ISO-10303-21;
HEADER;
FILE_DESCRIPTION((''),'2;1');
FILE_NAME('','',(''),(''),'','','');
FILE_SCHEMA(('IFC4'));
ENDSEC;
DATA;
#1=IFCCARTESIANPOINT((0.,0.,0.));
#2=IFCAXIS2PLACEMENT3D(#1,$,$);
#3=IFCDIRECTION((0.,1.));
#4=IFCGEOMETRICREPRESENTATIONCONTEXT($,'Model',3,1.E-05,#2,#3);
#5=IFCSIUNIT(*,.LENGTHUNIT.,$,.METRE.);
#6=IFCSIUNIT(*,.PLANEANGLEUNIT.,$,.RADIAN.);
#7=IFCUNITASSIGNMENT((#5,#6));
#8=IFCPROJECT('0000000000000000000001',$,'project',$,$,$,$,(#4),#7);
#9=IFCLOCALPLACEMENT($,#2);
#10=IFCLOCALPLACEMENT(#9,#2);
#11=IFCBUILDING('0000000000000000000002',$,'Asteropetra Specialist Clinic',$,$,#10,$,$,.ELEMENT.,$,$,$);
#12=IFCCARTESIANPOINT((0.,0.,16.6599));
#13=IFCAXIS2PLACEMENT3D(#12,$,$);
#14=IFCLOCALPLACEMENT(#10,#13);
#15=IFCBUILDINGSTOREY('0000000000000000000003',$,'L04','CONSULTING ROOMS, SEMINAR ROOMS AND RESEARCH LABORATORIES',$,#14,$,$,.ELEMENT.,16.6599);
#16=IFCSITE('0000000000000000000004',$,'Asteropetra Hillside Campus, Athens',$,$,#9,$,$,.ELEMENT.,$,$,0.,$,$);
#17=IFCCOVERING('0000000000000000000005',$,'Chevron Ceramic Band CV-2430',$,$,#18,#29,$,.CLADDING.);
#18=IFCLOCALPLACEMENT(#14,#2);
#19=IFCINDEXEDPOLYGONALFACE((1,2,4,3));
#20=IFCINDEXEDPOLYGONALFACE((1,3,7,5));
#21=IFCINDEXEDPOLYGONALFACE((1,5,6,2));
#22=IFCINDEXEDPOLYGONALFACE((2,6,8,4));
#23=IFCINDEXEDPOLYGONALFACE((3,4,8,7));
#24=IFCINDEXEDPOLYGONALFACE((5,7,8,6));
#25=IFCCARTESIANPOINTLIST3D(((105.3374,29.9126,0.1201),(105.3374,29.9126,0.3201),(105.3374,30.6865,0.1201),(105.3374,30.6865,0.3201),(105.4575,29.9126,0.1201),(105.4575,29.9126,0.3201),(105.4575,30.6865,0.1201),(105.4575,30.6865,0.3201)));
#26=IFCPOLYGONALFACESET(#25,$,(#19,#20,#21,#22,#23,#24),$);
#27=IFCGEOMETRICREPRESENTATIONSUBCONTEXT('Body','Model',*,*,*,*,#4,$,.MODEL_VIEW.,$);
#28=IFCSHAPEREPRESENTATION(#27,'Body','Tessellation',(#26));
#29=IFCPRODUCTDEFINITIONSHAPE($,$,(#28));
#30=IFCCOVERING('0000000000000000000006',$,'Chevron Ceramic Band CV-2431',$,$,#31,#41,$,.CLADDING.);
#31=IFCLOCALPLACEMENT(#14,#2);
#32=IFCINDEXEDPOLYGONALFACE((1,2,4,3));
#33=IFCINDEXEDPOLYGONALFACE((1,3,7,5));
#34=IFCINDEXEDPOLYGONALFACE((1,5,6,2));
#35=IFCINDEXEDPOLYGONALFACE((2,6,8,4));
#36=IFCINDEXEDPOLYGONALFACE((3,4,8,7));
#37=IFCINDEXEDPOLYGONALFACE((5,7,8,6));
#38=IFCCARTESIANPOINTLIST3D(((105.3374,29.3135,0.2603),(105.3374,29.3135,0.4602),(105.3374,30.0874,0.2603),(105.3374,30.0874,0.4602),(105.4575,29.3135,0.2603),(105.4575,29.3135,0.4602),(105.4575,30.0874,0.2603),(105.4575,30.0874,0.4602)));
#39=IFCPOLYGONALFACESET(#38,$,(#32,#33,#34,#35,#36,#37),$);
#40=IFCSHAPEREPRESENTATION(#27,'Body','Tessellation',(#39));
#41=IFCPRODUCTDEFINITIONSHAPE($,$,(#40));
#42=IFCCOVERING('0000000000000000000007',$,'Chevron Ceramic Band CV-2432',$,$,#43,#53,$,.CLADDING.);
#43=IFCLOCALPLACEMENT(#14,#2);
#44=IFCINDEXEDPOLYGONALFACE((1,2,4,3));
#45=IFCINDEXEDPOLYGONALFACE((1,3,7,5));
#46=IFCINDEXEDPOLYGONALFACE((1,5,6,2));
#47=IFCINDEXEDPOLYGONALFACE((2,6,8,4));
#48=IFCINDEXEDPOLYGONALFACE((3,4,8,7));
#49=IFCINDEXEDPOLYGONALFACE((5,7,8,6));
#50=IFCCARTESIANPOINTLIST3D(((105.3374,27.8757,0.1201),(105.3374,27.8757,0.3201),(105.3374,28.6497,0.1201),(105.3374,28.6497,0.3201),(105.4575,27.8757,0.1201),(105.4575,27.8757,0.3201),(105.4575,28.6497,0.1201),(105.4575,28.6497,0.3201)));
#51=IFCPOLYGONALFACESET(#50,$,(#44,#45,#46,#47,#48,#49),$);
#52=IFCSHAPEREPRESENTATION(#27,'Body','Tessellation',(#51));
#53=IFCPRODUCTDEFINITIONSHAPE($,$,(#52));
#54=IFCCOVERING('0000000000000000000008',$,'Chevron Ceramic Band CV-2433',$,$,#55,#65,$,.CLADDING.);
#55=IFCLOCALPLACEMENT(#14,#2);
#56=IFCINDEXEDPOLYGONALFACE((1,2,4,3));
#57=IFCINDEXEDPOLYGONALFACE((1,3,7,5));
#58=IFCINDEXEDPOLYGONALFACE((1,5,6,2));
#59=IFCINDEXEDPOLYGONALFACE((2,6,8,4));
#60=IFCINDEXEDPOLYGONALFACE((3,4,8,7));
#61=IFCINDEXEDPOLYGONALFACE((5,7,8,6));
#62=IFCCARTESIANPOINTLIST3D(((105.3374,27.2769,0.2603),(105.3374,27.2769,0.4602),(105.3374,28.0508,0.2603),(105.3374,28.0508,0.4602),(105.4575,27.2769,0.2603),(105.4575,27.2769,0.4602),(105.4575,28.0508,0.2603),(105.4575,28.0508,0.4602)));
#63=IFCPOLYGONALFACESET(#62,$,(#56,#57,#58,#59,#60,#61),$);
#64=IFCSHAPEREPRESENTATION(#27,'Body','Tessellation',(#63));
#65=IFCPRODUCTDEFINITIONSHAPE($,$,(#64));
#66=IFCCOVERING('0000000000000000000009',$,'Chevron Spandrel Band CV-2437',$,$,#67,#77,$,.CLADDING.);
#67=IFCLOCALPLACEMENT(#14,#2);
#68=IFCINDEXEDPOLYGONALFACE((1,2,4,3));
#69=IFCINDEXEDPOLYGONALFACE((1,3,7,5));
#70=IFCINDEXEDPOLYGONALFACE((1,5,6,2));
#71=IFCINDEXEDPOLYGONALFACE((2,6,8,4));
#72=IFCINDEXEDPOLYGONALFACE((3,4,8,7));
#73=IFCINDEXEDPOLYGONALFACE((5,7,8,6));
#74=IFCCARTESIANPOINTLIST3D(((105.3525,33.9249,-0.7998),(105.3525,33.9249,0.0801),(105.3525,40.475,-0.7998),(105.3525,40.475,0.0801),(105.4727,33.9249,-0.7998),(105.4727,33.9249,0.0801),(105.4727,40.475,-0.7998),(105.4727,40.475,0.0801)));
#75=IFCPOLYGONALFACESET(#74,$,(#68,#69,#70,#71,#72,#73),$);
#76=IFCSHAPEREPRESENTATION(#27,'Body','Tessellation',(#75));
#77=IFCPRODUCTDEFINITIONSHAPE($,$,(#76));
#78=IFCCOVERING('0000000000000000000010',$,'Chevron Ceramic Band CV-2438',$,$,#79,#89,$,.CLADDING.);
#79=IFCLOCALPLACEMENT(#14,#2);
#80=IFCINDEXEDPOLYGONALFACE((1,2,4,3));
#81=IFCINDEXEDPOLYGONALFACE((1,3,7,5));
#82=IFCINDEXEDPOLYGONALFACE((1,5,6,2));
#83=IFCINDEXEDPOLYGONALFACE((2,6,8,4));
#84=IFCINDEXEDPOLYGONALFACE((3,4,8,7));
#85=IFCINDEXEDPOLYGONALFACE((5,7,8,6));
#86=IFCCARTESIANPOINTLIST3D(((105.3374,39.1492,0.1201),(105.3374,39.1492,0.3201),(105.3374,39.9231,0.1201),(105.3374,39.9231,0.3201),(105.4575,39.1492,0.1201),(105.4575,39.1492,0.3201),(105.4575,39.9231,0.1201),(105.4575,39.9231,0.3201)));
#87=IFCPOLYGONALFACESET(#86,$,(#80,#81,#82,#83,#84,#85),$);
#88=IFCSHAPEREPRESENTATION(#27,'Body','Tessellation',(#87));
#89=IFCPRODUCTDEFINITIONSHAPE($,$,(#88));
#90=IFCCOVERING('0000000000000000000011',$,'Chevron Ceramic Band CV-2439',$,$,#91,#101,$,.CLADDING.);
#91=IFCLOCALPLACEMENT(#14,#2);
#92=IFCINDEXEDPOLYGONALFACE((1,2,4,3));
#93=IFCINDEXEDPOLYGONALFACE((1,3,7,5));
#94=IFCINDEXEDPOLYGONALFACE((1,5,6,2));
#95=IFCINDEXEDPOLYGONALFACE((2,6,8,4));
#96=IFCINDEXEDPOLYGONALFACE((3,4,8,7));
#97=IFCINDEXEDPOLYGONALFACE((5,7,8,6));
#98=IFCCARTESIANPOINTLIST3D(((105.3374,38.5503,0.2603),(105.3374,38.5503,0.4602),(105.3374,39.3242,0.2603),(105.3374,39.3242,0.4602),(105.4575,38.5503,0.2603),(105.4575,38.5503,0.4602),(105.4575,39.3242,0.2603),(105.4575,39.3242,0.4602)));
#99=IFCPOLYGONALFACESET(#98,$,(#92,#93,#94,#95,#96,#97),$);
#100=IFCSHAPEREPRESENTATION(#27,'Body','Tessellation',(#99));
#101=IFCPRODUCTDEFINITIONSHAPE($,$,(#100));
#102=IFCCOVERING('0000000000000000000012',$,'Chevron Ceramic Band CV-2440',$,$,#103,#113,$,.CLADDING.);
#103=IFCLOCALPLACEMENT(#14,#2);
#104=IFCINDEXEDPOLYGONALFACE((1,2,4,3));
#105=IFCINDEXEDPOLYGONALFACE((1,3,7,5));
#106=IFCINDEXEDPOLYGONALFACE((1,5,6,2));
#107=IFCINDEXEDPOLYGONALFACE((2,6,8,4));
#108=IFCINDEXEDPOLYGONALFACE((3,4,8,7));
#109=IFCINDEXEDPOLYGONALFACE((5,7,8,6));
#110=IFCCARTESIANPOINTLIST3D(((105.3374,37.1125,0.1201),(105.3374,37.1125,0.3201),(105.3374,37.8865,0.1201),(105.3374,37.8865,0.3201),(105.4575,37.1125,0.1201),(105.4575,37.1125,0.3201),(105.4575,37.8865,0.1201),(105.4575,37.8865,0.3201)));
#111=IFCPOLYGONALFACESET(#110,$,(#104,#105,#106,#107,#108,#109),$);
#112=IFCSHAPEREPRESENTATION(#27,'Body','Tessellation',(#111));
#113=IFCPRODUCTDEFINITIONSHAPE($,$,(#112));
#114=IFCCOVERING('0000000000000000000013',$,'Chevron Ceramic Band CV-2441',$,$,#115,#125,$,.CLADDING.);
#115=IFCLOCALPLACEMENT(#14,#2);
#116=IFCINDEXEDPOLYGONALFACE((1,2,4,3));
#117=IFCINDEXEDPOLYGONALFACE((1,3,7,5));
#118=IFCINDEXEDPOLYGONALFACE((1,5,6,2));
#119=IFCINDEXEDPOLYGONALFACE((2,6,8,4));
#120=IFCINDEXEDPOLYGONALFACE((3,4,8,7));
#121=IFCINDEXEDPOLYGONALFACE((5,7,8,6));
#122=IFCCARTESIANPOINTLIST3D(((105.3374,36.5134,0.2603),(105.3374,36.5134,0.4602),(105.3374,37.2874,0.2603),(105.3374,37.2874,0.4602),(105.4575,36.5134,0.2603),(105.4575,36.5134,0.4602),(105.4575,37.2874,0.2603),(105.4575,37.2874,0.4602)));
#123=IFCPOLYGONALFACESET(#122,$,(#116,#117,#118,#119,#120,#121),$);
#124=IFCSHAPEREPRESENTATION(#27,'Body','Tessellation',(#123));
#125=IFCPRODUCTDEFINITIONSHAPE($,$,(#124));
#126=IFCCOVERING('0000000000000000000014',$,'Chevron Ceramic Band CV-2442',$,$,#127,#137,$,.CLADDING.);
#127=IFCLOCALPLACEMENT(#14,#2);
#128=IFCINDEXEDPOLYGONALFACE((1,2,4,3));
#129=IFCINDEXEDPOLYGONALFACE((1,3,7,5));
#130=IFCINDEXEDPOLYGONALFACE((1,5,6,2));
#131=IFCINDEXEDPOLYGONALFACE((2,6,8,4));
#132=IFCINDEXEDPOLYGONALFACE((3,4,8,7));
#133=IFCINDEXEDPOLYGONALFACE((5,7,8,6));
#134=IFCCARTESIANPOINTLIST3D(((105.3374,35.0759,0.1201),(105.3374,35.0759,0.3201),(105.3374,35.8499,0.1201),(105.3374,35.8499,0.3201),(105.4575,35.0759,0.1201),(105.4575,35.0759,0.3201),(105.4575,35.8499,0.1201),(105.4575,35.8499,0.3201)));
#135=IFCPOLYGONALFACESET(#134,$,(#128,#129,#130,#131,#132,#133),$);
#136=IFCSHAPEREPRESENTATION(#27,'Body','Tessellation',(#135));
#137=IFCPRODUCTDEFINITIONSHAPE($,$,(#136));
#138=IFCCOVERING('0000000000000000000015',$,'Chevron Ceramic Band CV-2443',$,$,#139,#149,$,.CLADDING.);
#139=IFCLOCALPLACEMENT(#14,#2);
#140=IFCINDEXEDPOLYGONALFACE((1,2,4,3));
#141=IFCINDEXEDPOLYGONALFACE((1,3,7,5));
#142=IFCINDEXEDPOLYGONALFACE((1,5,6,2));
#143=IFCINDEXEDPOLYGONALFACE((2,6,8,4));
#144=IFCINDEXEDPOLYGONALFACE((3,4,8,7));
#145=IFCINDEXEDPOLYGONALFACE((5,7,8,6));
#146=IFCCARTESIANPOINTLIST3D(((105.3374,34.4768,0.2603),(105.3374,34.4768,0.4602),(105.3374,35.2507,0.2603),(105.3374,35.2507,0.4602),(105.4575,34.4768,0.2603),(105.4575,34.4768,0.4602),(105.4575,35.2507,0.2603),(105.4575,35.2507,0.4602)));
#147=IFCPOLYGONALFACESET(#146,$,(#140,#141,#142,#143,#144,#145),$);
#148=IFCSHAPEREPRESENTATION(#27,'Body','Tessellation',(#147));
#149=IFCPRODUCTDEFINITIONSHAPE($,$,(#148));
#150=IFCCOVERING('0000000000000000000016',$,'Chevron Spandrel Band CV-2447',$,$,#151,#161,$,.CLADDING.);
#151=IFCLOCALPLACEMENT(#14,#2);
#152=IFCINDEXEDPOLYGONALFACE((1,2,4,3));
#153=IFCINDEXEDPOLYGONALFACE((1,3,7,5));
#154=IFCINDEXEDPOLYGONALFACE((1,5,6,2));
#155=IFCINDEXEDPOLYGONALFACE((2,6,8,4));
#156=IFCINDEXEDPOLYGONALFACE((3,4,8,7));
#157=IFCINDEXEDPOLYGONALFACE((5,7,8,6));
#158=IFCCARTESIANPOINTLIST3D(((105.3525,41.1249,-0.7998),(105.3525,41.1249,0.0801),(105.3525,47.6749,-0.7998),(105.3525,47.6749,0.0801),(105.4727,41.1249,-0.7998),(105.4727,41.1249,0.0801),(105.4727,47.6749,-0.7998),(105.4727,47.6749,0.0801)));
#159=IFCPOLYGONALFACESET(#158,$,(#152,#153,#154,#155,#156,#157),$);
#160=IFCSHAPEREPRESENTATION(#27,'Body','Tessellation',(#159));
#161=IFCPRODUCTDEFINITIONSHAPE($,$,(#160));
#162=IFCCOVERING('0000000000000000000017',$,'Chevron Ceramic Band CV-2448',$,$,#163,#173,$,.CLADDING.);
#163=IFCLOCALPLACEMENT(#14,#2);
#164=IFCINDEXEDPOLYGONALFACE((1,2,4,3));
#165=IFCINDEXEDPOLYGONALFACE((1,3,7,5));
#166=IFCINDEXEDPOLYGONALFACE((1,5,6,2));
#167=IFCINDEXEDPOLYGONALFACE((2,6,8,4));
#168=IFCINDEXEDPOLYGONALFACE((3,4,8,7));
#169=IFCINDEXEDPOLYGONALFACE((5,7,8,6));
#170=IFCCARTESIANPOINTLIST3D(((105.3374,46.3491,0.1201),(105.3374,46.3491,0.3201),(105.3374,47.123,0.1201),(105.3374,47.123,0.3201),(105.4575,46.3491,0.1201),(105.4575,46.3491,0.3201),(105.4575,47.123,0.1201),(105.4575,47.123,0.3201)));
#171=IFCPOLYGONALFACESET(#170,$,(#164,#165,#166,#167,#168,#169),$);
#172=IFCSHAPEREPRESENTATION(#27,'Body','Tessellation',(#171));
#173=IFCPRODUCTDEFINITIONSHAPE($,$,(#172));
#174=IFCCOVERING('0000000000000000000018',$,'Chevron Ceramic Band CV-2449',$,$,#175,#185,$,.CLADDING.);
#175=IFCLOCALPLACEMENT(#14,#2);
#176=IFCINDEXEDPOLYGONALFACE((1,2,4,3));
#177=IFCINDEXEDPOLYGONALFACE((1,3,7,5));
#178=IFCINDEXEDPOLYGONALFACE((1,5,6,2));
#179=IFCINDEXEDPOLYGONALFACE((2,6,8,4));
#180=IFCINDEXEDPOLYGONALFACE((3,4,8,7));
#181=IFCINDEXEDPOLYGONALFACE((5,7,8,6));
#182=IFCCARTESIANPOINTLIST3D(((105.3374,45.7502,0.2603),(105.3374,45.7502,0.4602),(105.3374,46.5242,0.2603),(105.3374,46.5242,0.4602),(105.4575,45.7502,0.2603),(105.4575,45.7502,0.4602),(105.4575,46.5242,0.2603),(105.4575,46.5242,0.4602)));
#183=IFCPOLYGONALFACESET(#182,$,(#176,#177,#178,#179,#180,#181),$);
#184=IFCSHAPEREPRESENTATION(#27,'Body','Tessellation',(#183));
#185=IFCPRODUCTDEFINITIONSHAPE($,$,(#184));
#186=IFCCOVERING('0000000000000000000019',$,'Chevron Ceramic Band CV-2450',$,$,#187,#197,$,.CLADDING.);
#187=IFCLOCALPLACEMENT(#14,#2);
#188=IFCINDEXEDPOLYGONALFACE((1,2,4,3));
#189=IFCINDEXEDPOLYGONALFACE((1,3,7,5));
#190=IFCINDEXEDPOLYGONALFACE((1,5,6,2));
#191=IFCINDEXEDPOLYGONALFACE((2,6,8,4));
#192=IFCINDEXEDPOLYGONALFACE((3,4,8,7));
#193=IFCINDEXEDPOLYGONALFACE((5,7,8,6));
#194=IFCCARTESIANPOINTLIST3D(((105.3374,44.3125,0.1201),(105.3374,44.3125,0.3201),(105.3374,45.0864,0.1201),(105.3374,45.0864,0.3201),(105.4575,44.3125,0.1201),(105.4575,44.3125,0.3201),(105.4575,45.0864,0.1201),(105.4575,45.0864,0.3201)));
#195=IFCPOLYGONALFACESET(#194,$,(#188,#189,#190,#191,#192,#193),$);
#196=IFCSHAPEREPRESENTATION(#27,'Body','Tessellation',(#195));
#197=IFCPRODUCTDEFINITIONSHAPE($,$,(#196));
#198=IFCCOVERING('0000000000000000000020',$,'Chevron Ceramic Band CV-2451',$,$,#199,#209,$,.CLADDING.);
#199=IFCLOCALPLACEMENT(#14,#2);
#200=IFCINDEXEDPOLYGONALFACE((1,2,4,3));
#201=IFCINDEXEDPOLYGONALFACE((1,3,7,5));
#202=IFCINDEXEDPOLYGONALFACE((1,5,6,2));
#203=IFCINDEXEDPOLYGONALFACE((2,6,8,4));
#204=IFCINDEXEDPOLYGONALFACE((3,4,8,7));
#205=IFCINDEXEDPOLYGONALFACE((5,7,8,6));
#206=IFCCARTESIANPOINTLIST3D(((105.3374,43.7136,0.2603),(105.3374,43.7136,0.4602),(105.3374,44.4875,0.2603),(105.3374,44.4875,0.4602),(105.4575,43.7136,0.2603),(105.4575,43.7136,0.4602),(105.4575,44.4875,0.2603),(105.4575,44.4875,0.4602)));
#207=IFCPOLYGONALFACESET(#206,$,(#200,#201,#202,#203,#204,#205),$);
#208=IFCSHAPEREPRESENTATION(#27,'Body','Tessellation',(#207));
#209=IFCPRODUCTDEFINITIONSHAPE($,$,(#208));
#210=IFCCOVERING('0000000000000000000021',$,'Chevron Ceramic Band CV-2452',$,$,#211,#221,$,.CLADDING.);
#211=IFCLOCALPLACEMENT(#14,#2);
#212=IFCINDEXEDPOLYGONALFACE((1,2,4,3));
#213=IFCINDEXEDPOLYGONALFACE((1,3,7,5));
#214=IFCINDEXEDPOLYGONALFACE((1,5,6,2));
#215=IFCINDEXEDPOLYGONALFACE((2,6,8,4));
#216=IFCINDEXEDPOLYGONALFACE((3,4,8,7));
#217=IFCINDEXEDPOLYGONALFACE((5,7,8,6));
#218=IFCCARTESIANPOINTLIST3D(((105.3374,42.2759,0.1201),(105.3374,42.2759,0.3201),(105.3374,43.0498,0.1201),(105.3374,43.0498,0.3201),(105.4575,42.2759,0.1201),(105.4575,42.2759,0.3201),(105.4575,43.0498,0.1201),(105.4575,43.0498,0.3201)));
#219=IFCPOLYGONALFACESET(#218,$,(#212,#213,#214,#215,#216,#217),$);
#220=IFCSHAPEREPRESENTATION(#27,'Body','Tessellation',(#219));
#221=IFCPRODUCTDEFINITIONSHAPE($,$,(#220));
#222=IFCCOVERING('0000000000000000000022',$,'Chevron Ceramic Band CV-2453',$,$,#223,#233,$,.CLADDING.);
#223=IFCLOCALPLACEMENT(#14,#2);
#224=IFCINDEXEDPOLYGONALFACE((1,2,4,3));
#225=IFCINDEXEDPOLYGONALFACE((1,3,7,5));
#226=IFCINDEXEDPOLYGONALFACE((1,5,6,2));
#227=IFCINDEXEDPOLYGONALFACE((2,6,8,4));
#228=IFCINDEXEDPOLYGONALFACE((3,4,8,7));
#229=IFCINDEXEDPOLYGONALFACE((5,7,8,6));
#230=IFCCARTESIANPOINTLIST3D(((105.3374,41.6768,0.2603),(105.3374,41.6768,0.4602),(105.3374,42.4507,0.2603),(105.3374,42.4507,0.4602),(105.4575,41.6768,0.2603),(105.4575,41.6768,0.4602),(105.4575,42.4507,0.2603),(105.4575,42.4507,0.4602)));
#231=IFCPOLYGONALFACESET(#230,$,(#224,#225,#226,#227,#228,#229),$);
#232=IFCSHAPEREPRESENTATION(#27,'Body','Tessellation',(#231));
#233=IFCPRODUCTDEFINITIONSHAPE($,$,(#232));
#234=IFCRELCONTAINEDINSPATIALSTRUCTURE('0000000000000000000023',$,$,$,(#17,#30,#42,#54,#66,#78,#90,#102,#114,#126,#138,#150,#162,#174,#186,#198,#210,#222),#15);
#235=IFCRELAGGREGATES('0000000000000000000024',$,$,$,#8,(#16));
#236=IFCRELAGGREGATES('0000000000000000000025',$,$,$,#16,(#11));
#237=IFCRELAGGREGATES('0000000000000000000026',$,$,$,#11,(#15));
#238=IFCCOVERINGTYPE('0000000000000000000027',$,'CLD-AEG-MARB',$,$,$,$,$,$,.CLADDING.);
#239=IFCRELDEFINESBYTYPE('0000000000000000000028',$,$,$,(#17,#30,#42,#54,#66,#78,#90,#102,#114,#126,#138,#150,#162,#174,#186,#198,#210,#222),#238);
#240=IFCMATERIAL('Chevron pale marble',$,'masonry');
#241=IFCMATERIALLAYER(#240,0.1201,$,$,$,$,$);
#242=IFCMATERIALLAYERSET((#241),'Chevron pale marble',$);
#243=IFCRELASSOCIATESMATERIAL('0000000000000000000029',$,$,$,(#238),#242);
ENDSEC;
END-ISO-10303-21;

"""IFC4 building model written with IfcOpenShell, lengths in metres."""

from ifc_helpers import new_model, si_unit, direction, frame, origin, origin_2d, place, context, subcontext, project, spatial, rectangle, extrude, material, layer, layer_set, type_object, element, save


model = new_model("IFC4")

# Units and contexts
model_context = context("Model", 3, precision=1e-05, world=origin(), true_north=direction((0.0, 1.0)))
body_context = subcontext(model_context, "Body", "Model", "MODEL_VIEW")
ifc_project = project(units=[si_unit("LENGTHUNIT", "METRE"), si_unit("PLANEANGLEUNIT", "RADIAN")], contexts=[model_context])

# Site, building, storey
site_placement = place(None, origin())
site = spatial("IfcSite", under=ifc_project, at=site_placement, Name="Asteropetra Hillside Campus, Athens", CompositionType="ELEMENT", RefElevation=0.0)
building_placement = place(site_placement, origin())
building = spatial("IfcBuilding", under=site, at=building_placement, Name="Asteropetra Specialist Clinic", CompositionType="ELEMENT")
storey_placement = place(building_placement, frame((0.0, 0.0, 16.6599)))
storey = spatial("IfcBuildingStorey", under=building, at=storey_placement, Name="L04", Description="CONSULTING ROOMS, SEMINAR ROOMS AND RESEARCH LABORATORIES", CompositionType="ELEMENT", Elevation=16.6599)

# Coverings
ifc_material_1 = material(Name="Chevron pale marble", Category="masonry")
ifc_layer = layer(ifc_material_1, 0.1201)
ifc_layer_set = layer_set([ifc_layer], Name="Chevron pale marble")
covering_type = type_object("IfcCoveringType", Name="CLD-AEG-MARB", PredefinedType="CLADDING", material=ifc_layer_set)
for number, where, z_axis, x_axis, name in (
    (1, (105.3975, 30.2996, 0.1201), (0.0, 0.0, 1.0), (1.0, 0.0, 0.0), "Chevron Ceramic Band CV-2430"),
    (2, (105.3975, 29.7004, 0.2603), (0.0, 0.0, 1.0), (1.0, 0.0, 0.0), "Chevron Ceramic Band CV-2431"),
    (3, (105.3975, 28.2627, 0.1201), (0.0, 0.0, 1.0), (1.0, 0.0, 0.0), "Chevron Ceramic Band CV-2432"),
    (4, (105.3975, 27.6638, 0.2603), (0.0, 0.0, 1.0), (1.0, 0.0, 0.0), "Chevron Ceramic Band CV-2433"),
):
    element("IfcCovering", number, at=place(storey_placement, frame(where, z_axis=z_axis, x_axis=x_axis)), inside=storey, type_object=covering_type, Name=name, PredefinedType="CLADDING", context=body_context, shape_type="SweptSolid", body=[
        extrude(rectangle(XDim=0.1201, YDim=0.7739, at=origin_2d()), origin(), (0.0, 0.0, 1.0), 0.2),
    ])
covering_1_placement = place(storey_placement, frame((105.4126, 37.2, -0.7998), z_axis=(0.0, 0.0, 1.0), x_axis=(1.0, 0.0, 0.0)))
element("IfcCovering", 5, at=covering_1_placement, inside=storey, type_object=covering_type, Name="Chevron Spandrel Band CV-2437", PredefinedType="CLADDING", context=body_context, shape_type="SweptSolid", body=[
    extrude(rectangle(XDim=0.1201, YDim=6.55, at=origin_2d()), origin(), (0.0, 0.0, 1.0), 0.8799),
])
for number, where, z_axis, x_axis, name in (
    (6, (105.3975, 39.5361, 0.1201), (0.0, 0.0, 1.0), (1.0, 0.0, 0.0), "Chevron Ceramic Band CV-2438"),
    (7, (105.3975, 38.9373, 0.2603), (0.0, 0.0, 1.0), (1.0, 0.0, 0.0), "Chevron Ceramic Band CV-2439"),
    (8, (105.3975, 37.4995, 0.1201), (0.0, 0.0, 1.0), (1.0, 0.0, 0.0), "Chevron Ceramic Band CV-2440"),
    (9, (105.3975, 36.9004, 0.2603), (0.0, 0.0, 1.0), (1.0, 0.0, 0.0), "Chevron Ceramic Band CV-2441"),
    (10, (105.3975, 35.4629, 0.1201), (0.0, 0.0, 1.0), (1.0, 0.0, 0.0), "Chevron Ceramic Band CV-2442"),
    (11, (105.3975, 34.8638, 0.2603), (0.0, 0.0, 1.0), (1.0, 0.0, 0.0), "Chevron Ceramic Band CV-2443"),
):
    element("IfcCovering", number, at=place(storey_placement, frame(where, z_axis=z_axis, x_axis=x_axis)), inside=storey, type_object=covering_type, Name=name, PredefinedType="CLADDING", context=body_context, shape_type="SweptSolid", body=[
        extrude(rectangle(XDim=0.1201, YDim=0.7739, at=origin_2d()), origin(), (0.0, 0.0, 1.0), 0.2),
    ])
covering_2_placement = place(storey_placement, frame((105.4126, 44.3999, -0.7998), z_axis=(0.0, 0.0, 1.0), x_axis=(1.0, 0.0, 0.0)))
element("IfcCovering", 12, at=covering_2_placement, inside=storey, type_object=covering_type, Name="Chevron Spandrel Band CV-2447", PredefinedType="CLADDING", context=body_context, shape_type="SweptSolid", body=[
    extrude(rectangle(XDim=0.1201, YDim=6.55, at=origin_2d()), origin(), (0.0, 0.0, 1.0), 0.8799),
])
for number, where, z_axis, x_axis, name in (
    (13, (105.3975, 46.7361, 0.1201), (0.0, 0.0, 1.0), (1.0, 0.0, 0.0), "Chevron Ceramic Band CV-2448"),
    (14, (105.3975, 46.1372, 0.2603), (0.0, 0.0, 1.0), (1.0, 0.0, 0.0), "Chevron Ceramic Band CV-2449"),
    (15, (105.3975, 44.6995, 0.1201), (0.0, 0.0, 1.0), (1.0, 0.0, 0.0), "Chevron Ceramic Band CV-2450"),
    (16, (105.3975, 44.1006, 0.2603), (0.0, 0.0, 1.0), (1.0, 0.0, 0.0), "Chevron Ceramic Band CV-2451"),
    (17, (105.3975, 42.6628, 0.1201), (0.0, 0.0, 1.0), (1.0, 0.0, 0.0), "Chevron Ceramic Band CV-2452"),
    (18, (105.3975, 42.0637, 0.2603), (0.0, 0.0, 1.0), (1.0, 0.0, 0.0), "Chevron Ceramic Band CV-2453"),
):
    element("IfcCovering", number, at=place(storey_placement, frame(where, z_axis=z_axis, x_axis=x_axis)), inside=storey, type_object=covering_type, Name=name, PredefinedType="CLADDING", context=body_context, shape_type="SweptSolid", body=[
        extrude(rectangle(XDim=0.1201, YDim=0.7739, at=origin_2d()), origin(), (0.0, 0.0, 1.0), 0.2),
    ])

save(model, "model.ifc")
